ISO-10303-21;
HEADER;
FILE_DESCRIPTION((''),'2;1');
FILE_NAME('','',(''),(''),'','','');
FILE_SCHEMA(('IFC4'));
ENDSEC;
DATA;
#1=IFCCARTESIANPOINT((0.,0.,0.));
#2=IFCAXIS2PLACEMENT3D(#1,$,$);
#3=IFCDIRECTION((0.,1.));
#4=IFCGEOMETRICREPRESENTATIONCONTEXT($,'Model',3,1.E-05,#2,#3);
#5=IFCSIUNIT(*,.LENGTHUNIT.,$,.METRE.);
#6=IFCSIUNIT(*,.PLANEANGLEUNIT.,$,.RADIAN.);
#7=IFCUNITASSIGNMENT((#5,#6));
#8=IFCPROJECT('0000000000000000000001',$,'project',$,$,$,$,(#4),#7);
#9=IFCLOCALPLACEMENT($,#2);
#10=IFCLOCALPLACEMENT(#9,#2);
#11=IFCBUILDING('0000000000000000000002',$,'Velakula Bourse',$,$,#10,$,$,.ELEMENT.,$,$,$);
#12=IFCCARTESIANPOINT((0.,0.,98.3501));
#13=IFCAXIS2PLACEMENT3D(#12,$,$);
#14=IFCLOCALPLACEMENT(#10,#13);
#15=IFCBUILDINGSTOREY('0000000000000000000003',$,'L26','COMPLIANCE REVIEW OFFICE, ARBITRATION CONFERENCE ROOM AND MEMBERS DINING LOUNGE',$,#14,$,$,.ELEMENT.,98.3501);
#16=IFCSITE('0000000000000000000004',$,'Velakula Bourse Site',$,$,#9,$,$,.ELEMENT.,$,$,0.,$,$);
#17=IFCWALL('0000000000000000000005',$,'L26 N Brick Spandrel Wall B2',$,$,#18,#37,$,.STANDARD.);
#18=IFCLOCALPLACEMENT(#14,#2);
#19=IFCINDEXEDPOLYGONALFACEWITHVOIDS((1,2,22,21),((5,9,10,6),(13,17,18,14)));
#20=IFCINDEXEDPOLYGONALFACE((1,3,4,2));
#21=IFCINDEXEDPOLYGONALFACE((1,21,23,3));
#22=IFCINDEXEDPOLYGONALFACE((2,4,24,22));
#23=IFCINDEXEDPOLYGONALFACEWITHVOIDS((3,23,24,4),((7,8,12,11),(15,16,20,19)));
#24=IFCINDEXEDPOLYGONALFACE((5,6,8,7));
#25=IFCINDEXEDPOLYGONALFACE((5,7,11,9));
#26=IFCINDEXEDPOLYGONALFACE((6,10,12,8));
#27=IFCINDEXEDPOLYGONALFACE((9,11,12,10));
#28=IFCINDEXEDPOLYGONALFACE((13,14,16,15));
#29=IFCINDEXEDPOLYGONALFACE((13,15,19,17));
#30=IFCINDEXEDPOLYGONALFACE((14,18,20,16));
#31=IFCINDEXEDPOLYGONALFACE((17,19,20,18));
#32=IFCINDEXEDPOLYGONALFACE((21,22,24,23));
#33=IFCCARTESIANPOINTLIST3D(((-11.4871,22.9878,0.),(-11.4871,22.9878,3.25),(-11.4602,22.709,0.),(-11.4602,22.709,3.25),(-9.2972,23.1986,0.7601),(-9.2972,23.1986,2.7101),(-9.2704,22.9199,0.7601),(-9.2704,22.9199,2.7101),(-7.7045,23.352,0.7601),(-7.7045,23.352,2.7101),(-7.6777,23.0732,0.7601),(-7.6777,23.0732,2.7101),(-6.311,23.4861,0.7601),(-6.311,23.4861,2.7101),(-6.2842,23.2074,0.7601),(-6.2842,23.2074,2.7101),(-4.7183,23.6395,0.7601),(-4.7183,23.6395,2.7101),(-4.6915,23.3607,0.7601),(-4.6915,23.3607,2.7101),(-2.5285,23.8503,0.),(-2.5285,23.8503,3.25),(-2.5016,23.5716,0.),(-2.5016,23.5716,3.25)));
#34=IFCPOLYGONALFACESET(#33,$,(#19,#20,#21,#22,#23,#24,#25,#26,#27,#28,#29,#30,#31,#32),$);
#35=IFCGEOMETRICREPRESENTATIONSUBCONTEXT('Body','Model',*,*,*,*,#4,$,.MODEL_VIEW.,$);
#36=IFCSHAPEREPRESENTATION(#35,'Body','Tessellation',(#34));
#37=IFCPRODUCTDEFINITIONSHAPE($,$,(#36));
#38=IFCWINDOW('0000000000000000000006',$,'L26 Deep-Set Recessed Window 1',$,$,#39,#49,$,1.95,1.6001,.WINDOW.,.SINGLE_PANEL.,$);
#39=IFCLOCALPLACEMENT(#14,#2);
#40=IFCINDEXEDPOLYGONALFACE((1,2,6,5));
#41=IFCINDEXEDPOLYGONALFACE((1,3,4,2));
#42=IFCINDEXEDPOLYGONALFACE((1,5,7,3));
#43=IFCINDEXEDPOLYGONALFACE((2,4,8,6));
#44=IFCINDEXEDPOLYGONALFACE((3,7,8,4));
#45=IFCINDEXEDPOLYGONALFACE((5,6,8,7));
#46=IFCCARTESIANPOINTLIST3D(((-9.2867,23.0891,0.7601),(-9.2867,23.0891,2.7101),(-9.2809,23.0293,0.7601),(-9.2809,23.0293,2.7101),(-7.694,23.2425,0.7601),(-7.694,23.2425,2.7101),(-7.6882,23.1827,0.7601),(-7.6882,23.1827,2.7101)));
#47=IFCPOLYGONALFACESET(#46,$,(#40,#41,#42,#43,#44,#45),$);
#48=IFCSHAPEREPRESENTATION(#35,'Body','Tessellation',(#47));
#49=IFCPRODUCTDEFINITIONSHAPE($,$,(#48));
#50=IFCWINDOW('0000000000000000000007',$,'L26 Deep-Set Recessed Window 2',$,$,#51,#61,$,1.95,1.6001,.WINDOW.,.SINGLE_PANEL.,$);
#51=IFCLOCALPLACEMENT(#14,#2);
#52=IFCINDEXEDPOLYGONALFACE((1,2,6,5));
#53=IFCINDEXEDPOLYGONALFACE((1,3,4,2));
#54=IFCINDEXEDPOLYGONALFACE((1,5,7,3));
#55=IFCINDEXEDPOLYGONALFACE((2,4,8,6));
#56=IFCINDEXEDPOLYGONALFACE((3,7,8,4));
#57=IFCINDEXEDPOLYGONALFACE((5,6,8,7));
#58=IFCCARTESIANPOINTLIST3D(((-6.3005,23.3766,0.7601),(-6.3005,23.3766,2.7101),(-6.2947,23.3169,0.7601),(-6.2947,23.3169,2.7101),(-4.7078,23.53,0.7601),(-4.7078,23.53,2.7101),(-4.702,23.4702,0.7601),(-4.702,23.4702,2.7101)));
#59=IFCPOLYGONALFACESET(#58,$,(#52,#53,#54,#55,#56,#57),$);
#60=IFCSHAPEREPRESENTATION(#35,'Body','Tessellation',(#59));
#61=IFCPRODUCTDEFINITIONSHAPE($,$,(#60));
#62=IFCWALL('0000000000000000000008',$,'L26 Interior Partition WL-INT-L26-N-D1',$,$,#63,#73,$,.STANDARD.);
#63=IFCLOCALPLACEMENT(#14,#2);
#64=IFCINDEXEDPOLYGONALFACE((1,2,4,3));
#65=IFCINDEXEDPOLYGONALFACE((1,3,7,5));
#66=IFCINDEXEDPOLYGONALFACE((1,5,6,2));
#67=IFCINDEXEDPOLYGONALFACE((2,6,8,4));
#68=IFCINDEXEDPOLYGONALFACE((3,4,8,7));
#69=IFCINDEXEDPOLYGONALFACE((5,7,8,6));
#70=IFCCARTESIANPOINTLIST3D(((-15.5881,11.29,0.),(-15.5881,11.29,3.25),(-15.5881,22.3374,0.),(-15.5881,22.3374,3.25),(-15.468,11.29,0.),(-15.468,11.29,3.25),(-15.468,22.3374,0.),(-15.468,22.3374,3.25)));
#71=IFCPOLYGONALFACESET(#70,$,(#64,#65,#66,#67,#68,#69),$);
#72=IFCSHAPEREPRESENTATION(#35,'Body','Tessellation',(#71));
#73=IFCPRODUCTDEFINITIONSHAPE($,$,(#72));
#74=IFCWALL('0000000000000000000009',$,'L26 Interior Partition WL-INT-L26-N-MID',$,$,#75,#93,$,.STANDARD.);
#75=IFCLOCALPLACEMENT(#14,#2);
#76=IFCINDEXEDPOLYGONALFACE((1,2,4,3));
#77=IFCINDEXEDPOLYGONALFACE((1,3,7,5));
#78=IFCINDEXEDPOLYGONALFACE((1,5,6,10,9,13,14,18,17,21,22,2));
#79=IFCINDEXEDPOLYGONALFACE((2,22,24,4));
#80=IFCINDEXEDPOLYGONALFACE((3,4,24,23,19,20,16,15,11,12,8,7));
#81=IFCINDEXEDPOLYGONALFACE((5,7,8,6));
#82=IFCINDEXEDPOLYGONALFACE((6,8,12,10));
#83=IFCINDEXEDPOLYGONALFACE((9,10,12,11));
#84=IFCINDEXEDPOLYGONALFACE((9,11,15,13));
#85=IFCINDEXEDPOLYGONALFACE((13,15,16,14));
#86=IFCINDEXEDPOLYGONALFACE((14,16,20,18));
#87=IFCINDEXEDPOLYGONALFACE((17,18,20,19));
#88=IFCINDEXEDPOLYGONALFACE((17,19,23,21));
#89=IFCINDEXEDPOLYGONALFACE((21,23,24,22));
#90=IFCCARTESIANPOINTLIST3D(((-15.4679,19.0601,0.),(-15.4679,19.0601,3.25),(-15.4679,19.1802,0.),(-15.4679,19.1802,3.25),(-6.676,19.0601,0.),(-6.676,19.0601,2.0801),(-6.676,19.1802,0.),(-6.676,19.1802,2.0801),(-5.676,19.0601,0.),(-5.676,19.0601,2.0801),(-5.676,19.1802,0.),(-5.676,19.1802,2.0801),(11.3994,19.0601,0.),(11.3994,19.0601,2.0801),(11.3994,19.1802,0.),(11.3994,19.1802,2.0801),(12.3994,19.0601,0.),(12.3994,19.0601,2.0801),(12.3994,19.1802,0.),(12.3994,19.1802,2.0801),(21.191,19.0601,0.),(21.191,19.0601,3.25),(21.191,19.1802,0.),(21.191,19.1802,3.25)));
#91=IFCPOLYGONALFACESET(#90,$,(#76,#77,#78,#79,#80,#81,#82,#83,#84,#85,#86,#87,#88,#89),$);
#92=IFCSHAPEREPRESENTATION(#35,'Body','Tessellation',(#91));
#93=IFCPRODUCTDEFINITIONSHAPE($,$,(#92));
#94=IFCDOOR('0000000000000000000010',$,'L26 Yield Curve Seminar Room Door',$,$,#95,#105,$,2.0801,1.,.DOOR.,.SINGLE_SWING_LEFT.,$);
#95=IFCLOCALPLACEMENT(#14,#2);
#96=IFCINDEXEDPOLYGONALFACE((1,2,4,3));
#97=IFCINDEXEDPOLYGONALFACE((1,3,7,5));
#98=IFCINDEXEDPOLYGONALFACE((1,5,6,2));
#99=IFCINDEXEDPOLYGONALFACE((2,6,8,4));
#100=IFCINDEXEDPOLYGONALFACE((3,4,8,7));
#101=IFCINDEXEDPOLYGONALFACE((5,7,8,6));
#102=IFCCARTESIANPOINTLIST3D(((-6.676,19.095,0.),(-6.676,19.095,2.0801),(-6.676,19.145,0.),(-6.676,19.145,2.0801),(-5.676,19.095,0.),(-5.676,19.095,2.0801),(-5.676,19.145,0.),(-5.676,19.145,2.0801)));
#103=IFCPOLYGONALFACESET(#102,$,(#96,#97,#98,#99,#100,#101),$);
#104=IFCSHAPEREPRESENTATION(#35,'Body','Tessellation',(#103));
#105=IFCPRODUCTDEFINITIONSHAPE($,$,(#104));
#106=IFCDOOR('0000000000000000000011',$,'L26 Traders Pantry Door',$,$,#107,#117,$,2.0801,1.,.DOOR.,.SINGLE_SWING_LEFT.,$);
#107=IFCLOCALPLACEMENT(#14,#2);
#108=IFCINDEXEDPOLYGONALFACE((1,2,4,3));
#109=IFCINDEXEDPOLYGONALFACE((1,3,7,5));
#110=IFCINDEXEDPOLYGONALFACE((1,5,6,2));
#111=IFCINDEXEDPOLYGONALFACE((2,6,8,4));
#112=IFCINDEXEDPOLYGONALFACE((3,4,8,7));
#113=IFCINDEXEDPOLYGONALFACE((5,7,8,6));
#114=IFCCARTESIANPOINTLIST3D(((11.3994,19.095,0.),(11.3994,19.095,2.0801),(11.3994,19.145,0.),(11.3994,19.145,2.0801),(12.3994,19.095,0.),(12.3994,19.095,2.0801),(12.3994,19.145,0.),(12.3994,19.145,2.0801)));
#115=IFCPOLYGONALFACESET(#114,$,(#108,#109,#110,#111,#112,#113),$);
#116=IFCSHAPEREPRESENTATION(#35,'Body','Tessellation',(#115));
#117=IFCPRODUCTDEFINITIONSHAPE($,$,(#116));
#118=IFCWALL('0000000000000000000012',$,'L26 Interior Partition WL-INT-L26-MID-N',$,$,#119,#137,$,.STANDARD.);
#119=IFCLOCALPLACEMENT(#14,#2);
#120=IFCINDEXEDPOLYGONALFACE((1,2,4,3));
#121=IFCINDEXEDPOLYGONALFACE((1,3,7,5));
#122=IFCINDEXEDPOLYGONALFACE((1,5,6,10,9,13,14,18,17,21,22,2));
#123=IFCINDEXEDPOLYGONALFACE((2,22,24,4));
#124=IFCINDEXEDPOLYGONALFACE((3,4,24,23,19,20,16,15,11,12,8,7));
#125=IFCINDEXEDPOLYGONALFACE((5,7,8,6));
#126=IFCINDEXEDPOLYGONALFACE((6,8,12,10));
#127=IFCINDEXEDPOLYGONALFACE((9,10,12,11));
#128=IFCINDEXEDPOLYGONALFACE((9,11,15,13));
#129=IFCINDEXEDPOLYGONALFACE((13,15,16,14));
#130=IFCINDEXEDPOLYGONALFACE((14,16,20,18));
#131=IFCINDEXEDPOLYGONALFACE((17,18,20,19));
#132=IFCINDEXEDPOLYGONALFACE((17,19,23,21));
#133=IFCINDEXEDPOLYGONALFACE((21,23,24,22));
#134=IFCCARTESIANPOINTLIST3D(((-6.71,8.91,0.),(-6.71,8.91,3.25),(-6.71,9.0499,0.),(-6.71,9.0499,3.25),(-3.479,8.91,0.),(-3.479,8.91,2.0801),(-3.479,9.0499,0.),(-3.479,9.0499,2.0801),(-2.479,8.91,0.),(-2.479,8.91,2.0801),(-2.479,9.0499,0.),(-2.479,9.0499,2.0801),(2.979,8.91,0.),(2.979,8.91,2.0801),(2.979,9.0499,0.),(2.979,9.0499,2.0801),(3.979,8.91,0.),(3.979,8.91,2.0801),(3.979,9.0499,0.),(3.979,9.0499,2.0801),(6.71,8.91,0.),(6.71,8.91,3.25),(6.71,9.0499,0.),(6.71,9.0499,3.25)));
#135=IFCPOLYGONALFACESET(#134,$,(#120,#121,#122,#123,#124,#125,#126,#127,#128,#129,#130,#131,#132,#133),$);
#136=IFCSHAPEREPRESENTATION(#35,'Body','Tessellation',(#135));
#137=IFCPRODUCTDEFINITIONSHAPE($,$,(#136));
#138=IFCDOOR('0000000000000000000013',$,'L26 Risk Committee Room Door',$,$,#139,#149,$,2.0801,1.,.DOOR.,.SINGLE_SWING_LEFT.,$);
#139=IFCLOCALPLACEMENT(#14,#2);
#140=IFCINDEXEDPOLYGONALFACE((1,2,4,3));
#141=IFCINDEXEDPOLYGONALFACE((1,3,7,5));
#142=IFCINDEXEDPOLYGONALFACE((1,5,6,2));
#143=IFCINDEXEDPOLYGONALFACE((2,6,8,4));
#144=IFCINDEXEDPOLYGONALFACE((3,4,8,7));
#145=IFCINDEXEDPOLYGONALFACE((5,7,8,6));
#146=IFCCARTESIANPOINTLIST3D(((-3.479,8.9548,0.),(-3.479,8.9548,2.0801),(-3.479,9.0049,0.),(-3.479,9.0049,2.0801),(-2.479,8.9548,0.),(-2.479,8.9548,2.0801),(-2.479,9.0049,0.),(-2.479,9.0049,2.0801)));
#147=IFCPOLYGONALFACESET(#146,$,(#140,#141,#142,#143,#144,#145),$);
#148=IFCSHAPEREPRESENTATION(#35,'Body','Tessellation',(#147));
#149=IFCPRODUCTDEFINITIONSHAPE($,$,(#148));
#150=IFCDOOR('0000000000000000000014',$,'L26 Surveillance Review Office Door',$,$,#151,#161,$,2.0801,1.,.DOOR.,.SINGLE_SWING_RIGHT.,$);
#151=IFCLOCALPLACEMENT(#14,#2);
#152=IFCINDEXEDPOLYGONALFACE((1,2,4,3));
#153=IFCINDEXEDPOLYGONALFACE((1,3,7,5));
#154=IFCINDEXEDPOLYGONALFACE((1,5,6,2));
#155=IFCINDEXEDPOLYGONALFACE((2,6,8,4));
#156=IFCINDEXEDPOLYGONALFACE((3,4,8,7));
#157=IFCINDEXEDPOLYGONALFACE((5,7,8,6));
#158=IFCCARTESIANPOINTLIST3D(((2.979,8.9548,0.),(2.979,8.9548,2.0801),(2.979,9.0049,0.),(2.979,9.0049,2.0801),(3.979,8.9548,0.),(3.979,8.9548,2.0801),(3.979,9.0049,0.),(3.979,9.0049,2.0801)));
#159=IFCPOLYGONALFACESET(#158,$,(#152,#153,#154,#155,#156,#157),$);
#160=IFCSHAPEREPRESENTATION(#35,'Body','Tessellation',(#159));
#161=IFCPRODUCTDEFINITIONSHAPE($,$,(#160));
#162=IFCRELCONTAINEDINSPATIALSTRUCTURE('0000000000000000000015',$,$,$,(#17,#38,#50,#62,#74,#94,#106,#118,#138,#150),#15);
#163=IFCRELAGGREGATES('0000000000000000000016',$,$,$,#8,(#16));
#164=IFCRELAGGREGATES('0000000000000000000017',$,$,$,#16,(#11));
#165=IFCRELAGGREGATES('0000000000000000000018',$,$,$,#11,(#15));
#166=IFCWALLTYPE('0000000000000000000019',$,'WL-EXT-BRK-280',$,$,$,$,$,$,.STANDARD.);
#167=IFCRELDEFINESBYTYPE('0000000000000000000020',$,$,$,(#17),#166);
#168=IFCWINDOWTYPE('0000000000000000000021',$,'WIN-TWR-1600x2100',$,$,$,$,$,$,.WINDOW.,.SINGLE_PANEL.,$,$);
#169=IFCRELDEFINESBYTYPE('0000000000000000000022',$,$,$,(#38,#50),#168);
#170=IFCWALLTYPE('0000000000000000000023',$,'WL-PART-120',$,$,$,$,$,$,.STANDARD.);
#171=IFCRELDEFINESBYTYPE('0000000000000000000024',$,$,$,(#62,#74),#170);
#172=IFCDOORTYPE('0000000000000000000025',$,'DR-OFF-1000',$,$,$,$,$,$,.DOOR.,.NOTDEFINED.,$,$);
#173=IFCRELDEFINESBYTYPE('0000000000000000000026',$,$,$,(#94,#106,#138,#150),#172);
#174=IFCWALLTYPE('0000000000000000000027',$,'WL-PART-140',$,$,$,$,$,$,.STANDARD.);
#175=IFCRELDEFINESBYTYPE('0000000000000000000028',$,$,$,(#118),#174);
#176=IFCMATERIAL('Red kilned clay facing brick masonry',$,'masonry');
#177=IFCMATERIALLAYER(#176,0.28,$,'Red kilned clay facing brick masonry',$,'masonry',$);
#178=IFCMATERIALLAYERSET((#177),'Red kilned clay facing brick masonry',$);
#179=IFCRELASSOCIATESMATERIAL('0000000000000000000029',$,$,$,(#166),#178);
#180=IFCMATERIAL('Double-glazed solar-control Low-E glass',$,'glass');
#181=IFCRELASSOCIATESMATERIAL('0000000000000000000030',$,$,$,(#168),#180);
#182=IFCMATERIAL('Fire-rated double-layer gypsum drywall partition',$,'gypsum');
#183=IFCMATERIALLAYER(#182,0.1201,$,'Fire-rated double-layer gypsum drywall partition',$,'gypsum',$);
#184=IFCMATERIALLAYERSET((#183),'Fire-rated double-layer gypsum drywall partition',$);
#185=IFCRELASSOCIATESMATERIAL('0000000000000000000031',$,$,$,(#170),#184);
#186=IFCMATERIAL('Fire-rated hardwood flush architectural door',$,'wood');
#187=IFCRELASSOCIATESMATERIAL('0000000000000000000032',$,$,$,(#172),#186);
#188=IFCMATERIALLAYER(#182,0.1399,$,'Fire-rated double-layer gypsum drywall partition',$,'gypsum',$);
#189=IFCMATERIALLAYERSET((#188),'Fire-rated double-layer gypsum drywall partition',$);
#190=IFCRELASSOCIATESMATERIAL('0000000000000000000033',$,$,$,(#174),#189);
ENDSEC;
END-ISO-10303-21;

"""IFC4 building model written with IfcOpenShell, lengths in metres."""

from ifc_helpers import new_model, si_unit, direction, frame, frame_2d, origin, place, context, subcontext, project, spatial, rectangle, extrude, material, layer, layer_set, type_object, element, fill, save


model = new_model("IFC4")

# Units and contexts
model_context = context("Model", 3, precision=1e-05, world=origin(), true_north=direction((0.0, 1.0)))
body_context = subcontext(model_context, "Body", "Model", "MODEL_VIEW")
ifc_project = project(units=[si_unit("LENGTHUNIT", "METRE"), si_unit("PLANEANGLEUNIT", "RADIAN")], contexts=[model_context])

# Site, building, storey
site_placement = place(None, origin())
site = spatial("IfcSite", under=ifc_project, at=site_placement, Name="Velakula Bourse Site", CompositionType="ELEMENT", RefElevation=0.0)
building_placement = place(site_placement, origin())
building = spatial("IfcBuilding", under=site, at=building_placement, Name="Velakula Bourse", CompositionType="ELEMENT")
storey_placement = place(building_placement, frame((0.0, 0.0, 98.3501)))
storey = spatial("IfcBuildingStorey", under=building, at=storey_placement, Name="L26", Description="COMPLIANCE REVIEW OFFICE, ARBITRATION CONFERENCE ROOM AND MEMBERS DINING LOUNGE", CompositionType="ELEMENT", Elevation=98.3501)

# Wall, openings, windows
ifc_material_1 = material(Name="Red kilned clay facing brick masonry", Category="masonry")
ifc_layer_1 = layer(ifc_material_1, 0.28, Name="Red kilned clay facing brick masonry", Category="masonry")
ifc_layer_set_1 = layer_set([ifc_layer_1], Name="Red kilned clay facing brick masonry")
wall_type_1 = type_object("IfcWallType", Name="WL-EXT-BRK-280", PredefinedType="STANDARD", material=ifc_layer_set_1)
wall_1_placement = place(storey_placement, frame((-11.4736, 22.8484, 0.0), z_axis=(0.0, 0.0, 1.0), x_axis=(0.995397, 0.09584, 0.0)))
wall_1 = element("IfcWall", 1, at=wall_1_placement, inside=storey, type_object=wall_type_1, Name="L26 N Brick Spandrel Wall B2", PredefinedType="STANDARD", context=body_context, shape_type="SweptSolid", body=[
    extrude(rectangle(XDim=9.0, YDim=0.28, at=frame_2d((4.5, 0.0))), origin(), (0.0, 0.0, 1.0), 3.25),
])
opening_1_placement = place(wall_1_placement, frame((2.2, 0.0, 0.76)))
opening_1 = element("IfcOpeningElement", 2, at=opening_1_placement, cuts=wall_1, PredefinedType="OPENING", context=body_context, shape_type="SweptSolid", body=[
    extrude(rectangle(XDim=1.6001, YDim=1.95, at=frame_2d((0.8, 0.9751))), frame((0.0, 0.1499, 0.0), z_axis=(0.0, -1.0, 0.0), x_axis=(1.0, 0.0, 0.0)), (0.0, 0.0, 1.0), 0.3),
])
opening_2_placement = place(wall_1_placement, frame((5.2, 0.0, 0.76)))
opening_2 = element("IfcOpeningElement", 3, at=opening_2_placement, cuts=wall_1, PredefinedType="OPENING", context=body_context, shape_type="SweptSolid", body=[
    extrude(rectangle(XDim=1.6001, YDim=1.95, at=frame_2d((0.8, 0.9751))), frame((0.0, 0.1499, 0.0), z_axis=(0.0, -1.0, 0.0), x_axis=(1.0, 0.0, 0.0)), (0.0, 0.0, 1.0), 0.3),
])
ifc_material_2 = material(Name="Double-glazed solar-control Low-E glass", Category="glass")
window_type = type_object("IfcWindowType", Name="WIN-TWR-1600x2100", PartitioningType="SINGLE_PANEL", PredefinedType="WINDOW", material=ifc_material_2)
window_1_placement = place(opening_1_placement, origin())
window_1 = element("IfcWindow", 4, at=window_1_placement, inside=storey, type_object=window_type, Name="L26 Deep-Set Recessed Window 1", OverallHeight=1.95, OverallWidth=1.6001, PartitioningType="SINGLE_PANEL", PredefinedType="WINDOW", context=body_context, shape_type="SweptSolid", body=[
    extrude(rectangle(XDim=1.6001, YDim=1.95, at=frame_2d((0.8, 0.9751))), frame((0.0, 0.03, 0.0), z_axis=(0.0, -1.0, 0.0), x_axis=(1.0, 0.0, 0.0)), (0.0, 0.0, 1.0), 0.0601),
])
fill(opening_1, window_1)
window_2_placement = place(opening_2_placement, origin())
window_2 = element("IfcWindow", 5, at=window_2_placement, inside=storey, type_object=window_type, Name="L26 Deep-Set Recessed Window 2", OverallHeight=1.95, OverallWidth=1.6001, PartitioningType="SINGLE_PANEL", PredefinedType="WINDOW", context=body_context, shape_type="SweptSolid", body=[
    extrude(rectangle(XDim=1.6001, YDim=1.95, at=frame_2d((0.8, 0.9751))), frame((0.0, 0.03, 0.0), z_axis=(0.0, -1.0, 0.0), x_axis=(1.0, 0.0, 0.0)), (0.0, 0.0, 1.0), 0.0601),
])
fill(opening_2, window_2)

# Wall
ifc_material_3 = material(Name="Fire-rated double-layer gypsum drywall partition", Category="gypsum")
ifc_layer_2 = layer(ifc_material_3, 0.1201, Name="Fire-rated double-layer gypsum drywall partition", Category="gypsum")
ifc_layer_set_2 = layer_set([ifc_layer_2], Name="Fire-rated double-layer gypsum drywall partition")
wall_type_2 = type_object("IfcWallType", Name="WL-PART-120", PredefinedType="STANDARD", material=ifc_layer_set_2)
wall_2_placement = place(storey_placement, frame((-15.5281, 11.29, 0.0), z_axis=(0.0, 0.0, 1.0), x_axis=(0.0, 1.0, 0.0)))
element("IfcWall", 6, at=wall_2_placement, inside=storey, type_object=wall_type_2, Name="L26 Interior Partition WL-INT-L26-N-D1", PredefinedType="STANDARD", context=body_context, shape_type="SweptSolid", body=[
    extrude(rectangle(XDim=11.0474, YDim=0.1201, at=frame_2d((5.5237, 0.0))), origin(), (0.0, 0.0, 1.0), 3.25),
])

# Walls, openings, doors
wall_3_placement = place(storey_placement, frame((-15.468, 19.1201, 0.0), z_axis=(0.0, 0.0, 1.0), x_axis=(1.0, 0.0, 0.0)))
wall_3 = element("IfcWall", 7, at=wall_3_placement, inside=storey, type_object=wall_type_2, Name="L26 Interior Partition WL-INT-L26-N-MID", PredefinedType="STANDARD", context=body_context, shape_type="SweptSolid", body=[
    extrude(rectangle(XDim=36.6589, YDim=0.1201, at=frame_2d((18.3296, 0.0))), origin(), (0.0, 0.0, 1.0), 3.25),
])
opening_3_placement = place(wall_3_placement, frame((8.792, 0.0, 0.0)))
opening_3 = element("IfcOpeningElement", 8, at=opening_3_placement, cuts=wall_3, PredefinedType="OPENING", context=body_context, shape_type="SweptSolid", body=[
    extrude(rectangle(XDim=1.0, YDim=2.0801, at=frame_2d((0.5, 1.04))), frame((0.0, 0.0701, 0.0), z_axis=(0.0, -1.0, 0.0), x_axis=(1.0, 0.0, 0.0)), (0.0, 0.0, 1.0), 0.1401),
])
opening_4_placement = place(wall_3_placement, frame((26.8674, 0.0, 0.0)))
opening_4 = element("IfcOpeningElement", 9, at=opening_4_placement, cuts=wall_3, PredefinedType="OPENING", context=body_context, shape_type="SweptSolid", body=[
    extrude(rectangle(XDim=1.0, YDim=2.0801, at=frame_2d((0.5, 1.04))), frame((0.0, 0.0701, 0.0), z_axis=(0.0, -1.0, 0.0), x_axis=(1.0, 0.0, 0.0)), (0.0, 0.0, 1.0), 0.1401),
])
ifc_material_4 = material(Name="Fire-rated hardwood flush architectural door", Category="wood")
door_type = type_object("IfcDoorType", Name="DR-OFF-1000", OperationType="NOTDEFINED", PredefinedType="DOOR", material=ifc_material_4)
door_1_placement = place(opening_3_placement, origin())
door_1 = element("IfcDoor", 10, at=door_1_placement, inside=storey, type_object=door_type, Name="L26 Yield Curve Seminar Room Door", OperationType="SINGLE_SWING_LEFT", OverallHeight=2.0801, OverallWidth=1.0, PredefinedType="DOOR", context=body_context, shape_type="SweptSolid", body=[
    extrude(rectangle(XDim=1.0, YDim=2.0801, at=frame_2d((0.5, 1.04))), frame((0.0, 0.0249, 0.0), z_axis=(0.0, -1.0, 0.0), x_axis=(1.0, 0.0, 0.0)), (0.0, 0.0, 1.0), 0.05),
])
fill(opening_3, door_1)
door_2_placement = place(opening_4_placement, origin())
door_2 = element("IfcDoor", 11, at=door_2_placement, inside=storey, type_object=door_type, Name="L26 Traders Pantry Door", OperationType="SINGLE_SWING_LEFT", OverallHeight=2.0801, OverallWidth=1.0, PredefinedType="DOOR", context=body_context, shape_type="SweptSolid", body=[
    extrude(rectangle(XDim=1.0, YDim=2.0801, at=frame_2d((0.5, 1.04))), frame((0.0, 0.0249, 0.0), z_axis=(0.0, -1.0, 0.0), x_axis=(1.0, 0.0, 0.0)), (0.0, 0.0, 1.0), 0.05),
])
fill(opening_4, door_2)
ifc_layer_3 = layer(ifc_material_3, 0.1399, Name="Fire-rated double-layer gypsum drywall partition", Category="gypsum")
ifc_layer_set_3 = layer_set([ifc_layer_3], Name="Fire-rated double-layer gypsum drywall partition")
wall_type_3 = type_object("IfcWallType", Name="WL-PART-140", PredefinedType="STANDARD", material=ifc_layer_set_3)
wall_4_placement = place(storey_placement, frame((-6.71, 8.98, 0.0), z_axis=(0.0, 0.0, 1.0), x_axis=(1.0, 0.0, 0.0)))
wall_4 = element("IfcWall", 12, at=wall_4_placement, inside=storey, type_object=wall_type_3, Name="L26 Interior Partition WL-INT-L26-MID-N", PredefinedType="STANDARD", context=body_context, shape_type="SweptSolid", body=[
    extrude(rectangle(XDim=13.4199, YDim=0.1399, at=frame_2d((6.71, 0.0))), origin(), (0.0, 0.0, 1.0), 3.25),
])
opening_5_placement = place(wall_4_placement, frame((3.231, 0.0, 0.0)))
opening_5 = element("IfcOpeningElement", 13, at=opening_5_placement, cuts=wall_4, PredefinedType="OPENING", context=body_context, shape_type="SweptSolid", body=[
    extrude(rectangle(XDim=1.0, YDim=2.0801, at=frame_2d((0.5, 1.04))), frame((0.0, 0.0798, 0.0), z_axis=(0.0, -1.0, 0.0), x_axis=(1.0, 0.0, 0.0)), (0.0, 0.0, 1.0), 0.1599),
])
opening_6_placement = place(wall_4_placement, frame((9.689, 0.0, 0.0)))
opening_6 = element("IfcOpeningElement", 14, at=opening_6_placement, cuts=wall_4, PredefinedType="OPENING", context=body_context, shape_type="SweptSolid", body=[
    extrude(rectangle(XDim=1.0, YDim=2.0801, at=frame_2d((0.5, 1.04))), frame((0.0, 0.0798, 0.0), z_axis=(0.0, -1.0, 0.0), x_axis=(1.0, 0.0, 0.0)), (0.0, 0.0, 1.0), 0.1599),
])
door_3_placement = place(opening_5_placement, origin())
door_3 = element("IfcDoor", 15, at=door_3_placement, inside=storey, type_object=door_type, Name="L26 Risk Committee Room Door", OperationType="SINGLE_SWING_LEFT", OverallHeight=2.0801, OverallWidth=1.0, PredefinedType="DOOR", context=body_context, shape_type="SweptSolid", body=[
    extrude(rectangle(XDim=1.0, YDim=2.0801, at=frame_2d((0.5, 1.04))), frame((0.0, 0.0249, 0.0), z_axis=(0.0, -1.0, 0.0), x_axis=(1.0, 0.0, 0.0)), (0.0, 0.0, 1.0), 0.05),
])
fill(opening_5, door_3)
door_4_placement = place(opening_6_placement, origin())
door_4 = element("IfcDoor", 16, at=door_4_placement, inside=storey, type_object=door_type, Name="L26 Surveillance Review Office Door", OperationType="SINGLE_SWING_RIGHT", OverallHeight=2.0801, OverallWidth=1.0, PredefinedType="DOOR", context=body_context, shape_type="SweptSolid", body=[
    extrude(rectangle(XDim=1.0, YDim=2.0801, at=frame_2d((0.5, 1.04))), frame((0.0, 0.0249, 0.0), z_axis=(0.0, -1.0, 0.0), x_axis=(1.0, 0.0, 0.0)), (0.0, 0.0, 1.0), 0.05),
])
fill(opening_6, door_4)

save(model, "model.ifc")
